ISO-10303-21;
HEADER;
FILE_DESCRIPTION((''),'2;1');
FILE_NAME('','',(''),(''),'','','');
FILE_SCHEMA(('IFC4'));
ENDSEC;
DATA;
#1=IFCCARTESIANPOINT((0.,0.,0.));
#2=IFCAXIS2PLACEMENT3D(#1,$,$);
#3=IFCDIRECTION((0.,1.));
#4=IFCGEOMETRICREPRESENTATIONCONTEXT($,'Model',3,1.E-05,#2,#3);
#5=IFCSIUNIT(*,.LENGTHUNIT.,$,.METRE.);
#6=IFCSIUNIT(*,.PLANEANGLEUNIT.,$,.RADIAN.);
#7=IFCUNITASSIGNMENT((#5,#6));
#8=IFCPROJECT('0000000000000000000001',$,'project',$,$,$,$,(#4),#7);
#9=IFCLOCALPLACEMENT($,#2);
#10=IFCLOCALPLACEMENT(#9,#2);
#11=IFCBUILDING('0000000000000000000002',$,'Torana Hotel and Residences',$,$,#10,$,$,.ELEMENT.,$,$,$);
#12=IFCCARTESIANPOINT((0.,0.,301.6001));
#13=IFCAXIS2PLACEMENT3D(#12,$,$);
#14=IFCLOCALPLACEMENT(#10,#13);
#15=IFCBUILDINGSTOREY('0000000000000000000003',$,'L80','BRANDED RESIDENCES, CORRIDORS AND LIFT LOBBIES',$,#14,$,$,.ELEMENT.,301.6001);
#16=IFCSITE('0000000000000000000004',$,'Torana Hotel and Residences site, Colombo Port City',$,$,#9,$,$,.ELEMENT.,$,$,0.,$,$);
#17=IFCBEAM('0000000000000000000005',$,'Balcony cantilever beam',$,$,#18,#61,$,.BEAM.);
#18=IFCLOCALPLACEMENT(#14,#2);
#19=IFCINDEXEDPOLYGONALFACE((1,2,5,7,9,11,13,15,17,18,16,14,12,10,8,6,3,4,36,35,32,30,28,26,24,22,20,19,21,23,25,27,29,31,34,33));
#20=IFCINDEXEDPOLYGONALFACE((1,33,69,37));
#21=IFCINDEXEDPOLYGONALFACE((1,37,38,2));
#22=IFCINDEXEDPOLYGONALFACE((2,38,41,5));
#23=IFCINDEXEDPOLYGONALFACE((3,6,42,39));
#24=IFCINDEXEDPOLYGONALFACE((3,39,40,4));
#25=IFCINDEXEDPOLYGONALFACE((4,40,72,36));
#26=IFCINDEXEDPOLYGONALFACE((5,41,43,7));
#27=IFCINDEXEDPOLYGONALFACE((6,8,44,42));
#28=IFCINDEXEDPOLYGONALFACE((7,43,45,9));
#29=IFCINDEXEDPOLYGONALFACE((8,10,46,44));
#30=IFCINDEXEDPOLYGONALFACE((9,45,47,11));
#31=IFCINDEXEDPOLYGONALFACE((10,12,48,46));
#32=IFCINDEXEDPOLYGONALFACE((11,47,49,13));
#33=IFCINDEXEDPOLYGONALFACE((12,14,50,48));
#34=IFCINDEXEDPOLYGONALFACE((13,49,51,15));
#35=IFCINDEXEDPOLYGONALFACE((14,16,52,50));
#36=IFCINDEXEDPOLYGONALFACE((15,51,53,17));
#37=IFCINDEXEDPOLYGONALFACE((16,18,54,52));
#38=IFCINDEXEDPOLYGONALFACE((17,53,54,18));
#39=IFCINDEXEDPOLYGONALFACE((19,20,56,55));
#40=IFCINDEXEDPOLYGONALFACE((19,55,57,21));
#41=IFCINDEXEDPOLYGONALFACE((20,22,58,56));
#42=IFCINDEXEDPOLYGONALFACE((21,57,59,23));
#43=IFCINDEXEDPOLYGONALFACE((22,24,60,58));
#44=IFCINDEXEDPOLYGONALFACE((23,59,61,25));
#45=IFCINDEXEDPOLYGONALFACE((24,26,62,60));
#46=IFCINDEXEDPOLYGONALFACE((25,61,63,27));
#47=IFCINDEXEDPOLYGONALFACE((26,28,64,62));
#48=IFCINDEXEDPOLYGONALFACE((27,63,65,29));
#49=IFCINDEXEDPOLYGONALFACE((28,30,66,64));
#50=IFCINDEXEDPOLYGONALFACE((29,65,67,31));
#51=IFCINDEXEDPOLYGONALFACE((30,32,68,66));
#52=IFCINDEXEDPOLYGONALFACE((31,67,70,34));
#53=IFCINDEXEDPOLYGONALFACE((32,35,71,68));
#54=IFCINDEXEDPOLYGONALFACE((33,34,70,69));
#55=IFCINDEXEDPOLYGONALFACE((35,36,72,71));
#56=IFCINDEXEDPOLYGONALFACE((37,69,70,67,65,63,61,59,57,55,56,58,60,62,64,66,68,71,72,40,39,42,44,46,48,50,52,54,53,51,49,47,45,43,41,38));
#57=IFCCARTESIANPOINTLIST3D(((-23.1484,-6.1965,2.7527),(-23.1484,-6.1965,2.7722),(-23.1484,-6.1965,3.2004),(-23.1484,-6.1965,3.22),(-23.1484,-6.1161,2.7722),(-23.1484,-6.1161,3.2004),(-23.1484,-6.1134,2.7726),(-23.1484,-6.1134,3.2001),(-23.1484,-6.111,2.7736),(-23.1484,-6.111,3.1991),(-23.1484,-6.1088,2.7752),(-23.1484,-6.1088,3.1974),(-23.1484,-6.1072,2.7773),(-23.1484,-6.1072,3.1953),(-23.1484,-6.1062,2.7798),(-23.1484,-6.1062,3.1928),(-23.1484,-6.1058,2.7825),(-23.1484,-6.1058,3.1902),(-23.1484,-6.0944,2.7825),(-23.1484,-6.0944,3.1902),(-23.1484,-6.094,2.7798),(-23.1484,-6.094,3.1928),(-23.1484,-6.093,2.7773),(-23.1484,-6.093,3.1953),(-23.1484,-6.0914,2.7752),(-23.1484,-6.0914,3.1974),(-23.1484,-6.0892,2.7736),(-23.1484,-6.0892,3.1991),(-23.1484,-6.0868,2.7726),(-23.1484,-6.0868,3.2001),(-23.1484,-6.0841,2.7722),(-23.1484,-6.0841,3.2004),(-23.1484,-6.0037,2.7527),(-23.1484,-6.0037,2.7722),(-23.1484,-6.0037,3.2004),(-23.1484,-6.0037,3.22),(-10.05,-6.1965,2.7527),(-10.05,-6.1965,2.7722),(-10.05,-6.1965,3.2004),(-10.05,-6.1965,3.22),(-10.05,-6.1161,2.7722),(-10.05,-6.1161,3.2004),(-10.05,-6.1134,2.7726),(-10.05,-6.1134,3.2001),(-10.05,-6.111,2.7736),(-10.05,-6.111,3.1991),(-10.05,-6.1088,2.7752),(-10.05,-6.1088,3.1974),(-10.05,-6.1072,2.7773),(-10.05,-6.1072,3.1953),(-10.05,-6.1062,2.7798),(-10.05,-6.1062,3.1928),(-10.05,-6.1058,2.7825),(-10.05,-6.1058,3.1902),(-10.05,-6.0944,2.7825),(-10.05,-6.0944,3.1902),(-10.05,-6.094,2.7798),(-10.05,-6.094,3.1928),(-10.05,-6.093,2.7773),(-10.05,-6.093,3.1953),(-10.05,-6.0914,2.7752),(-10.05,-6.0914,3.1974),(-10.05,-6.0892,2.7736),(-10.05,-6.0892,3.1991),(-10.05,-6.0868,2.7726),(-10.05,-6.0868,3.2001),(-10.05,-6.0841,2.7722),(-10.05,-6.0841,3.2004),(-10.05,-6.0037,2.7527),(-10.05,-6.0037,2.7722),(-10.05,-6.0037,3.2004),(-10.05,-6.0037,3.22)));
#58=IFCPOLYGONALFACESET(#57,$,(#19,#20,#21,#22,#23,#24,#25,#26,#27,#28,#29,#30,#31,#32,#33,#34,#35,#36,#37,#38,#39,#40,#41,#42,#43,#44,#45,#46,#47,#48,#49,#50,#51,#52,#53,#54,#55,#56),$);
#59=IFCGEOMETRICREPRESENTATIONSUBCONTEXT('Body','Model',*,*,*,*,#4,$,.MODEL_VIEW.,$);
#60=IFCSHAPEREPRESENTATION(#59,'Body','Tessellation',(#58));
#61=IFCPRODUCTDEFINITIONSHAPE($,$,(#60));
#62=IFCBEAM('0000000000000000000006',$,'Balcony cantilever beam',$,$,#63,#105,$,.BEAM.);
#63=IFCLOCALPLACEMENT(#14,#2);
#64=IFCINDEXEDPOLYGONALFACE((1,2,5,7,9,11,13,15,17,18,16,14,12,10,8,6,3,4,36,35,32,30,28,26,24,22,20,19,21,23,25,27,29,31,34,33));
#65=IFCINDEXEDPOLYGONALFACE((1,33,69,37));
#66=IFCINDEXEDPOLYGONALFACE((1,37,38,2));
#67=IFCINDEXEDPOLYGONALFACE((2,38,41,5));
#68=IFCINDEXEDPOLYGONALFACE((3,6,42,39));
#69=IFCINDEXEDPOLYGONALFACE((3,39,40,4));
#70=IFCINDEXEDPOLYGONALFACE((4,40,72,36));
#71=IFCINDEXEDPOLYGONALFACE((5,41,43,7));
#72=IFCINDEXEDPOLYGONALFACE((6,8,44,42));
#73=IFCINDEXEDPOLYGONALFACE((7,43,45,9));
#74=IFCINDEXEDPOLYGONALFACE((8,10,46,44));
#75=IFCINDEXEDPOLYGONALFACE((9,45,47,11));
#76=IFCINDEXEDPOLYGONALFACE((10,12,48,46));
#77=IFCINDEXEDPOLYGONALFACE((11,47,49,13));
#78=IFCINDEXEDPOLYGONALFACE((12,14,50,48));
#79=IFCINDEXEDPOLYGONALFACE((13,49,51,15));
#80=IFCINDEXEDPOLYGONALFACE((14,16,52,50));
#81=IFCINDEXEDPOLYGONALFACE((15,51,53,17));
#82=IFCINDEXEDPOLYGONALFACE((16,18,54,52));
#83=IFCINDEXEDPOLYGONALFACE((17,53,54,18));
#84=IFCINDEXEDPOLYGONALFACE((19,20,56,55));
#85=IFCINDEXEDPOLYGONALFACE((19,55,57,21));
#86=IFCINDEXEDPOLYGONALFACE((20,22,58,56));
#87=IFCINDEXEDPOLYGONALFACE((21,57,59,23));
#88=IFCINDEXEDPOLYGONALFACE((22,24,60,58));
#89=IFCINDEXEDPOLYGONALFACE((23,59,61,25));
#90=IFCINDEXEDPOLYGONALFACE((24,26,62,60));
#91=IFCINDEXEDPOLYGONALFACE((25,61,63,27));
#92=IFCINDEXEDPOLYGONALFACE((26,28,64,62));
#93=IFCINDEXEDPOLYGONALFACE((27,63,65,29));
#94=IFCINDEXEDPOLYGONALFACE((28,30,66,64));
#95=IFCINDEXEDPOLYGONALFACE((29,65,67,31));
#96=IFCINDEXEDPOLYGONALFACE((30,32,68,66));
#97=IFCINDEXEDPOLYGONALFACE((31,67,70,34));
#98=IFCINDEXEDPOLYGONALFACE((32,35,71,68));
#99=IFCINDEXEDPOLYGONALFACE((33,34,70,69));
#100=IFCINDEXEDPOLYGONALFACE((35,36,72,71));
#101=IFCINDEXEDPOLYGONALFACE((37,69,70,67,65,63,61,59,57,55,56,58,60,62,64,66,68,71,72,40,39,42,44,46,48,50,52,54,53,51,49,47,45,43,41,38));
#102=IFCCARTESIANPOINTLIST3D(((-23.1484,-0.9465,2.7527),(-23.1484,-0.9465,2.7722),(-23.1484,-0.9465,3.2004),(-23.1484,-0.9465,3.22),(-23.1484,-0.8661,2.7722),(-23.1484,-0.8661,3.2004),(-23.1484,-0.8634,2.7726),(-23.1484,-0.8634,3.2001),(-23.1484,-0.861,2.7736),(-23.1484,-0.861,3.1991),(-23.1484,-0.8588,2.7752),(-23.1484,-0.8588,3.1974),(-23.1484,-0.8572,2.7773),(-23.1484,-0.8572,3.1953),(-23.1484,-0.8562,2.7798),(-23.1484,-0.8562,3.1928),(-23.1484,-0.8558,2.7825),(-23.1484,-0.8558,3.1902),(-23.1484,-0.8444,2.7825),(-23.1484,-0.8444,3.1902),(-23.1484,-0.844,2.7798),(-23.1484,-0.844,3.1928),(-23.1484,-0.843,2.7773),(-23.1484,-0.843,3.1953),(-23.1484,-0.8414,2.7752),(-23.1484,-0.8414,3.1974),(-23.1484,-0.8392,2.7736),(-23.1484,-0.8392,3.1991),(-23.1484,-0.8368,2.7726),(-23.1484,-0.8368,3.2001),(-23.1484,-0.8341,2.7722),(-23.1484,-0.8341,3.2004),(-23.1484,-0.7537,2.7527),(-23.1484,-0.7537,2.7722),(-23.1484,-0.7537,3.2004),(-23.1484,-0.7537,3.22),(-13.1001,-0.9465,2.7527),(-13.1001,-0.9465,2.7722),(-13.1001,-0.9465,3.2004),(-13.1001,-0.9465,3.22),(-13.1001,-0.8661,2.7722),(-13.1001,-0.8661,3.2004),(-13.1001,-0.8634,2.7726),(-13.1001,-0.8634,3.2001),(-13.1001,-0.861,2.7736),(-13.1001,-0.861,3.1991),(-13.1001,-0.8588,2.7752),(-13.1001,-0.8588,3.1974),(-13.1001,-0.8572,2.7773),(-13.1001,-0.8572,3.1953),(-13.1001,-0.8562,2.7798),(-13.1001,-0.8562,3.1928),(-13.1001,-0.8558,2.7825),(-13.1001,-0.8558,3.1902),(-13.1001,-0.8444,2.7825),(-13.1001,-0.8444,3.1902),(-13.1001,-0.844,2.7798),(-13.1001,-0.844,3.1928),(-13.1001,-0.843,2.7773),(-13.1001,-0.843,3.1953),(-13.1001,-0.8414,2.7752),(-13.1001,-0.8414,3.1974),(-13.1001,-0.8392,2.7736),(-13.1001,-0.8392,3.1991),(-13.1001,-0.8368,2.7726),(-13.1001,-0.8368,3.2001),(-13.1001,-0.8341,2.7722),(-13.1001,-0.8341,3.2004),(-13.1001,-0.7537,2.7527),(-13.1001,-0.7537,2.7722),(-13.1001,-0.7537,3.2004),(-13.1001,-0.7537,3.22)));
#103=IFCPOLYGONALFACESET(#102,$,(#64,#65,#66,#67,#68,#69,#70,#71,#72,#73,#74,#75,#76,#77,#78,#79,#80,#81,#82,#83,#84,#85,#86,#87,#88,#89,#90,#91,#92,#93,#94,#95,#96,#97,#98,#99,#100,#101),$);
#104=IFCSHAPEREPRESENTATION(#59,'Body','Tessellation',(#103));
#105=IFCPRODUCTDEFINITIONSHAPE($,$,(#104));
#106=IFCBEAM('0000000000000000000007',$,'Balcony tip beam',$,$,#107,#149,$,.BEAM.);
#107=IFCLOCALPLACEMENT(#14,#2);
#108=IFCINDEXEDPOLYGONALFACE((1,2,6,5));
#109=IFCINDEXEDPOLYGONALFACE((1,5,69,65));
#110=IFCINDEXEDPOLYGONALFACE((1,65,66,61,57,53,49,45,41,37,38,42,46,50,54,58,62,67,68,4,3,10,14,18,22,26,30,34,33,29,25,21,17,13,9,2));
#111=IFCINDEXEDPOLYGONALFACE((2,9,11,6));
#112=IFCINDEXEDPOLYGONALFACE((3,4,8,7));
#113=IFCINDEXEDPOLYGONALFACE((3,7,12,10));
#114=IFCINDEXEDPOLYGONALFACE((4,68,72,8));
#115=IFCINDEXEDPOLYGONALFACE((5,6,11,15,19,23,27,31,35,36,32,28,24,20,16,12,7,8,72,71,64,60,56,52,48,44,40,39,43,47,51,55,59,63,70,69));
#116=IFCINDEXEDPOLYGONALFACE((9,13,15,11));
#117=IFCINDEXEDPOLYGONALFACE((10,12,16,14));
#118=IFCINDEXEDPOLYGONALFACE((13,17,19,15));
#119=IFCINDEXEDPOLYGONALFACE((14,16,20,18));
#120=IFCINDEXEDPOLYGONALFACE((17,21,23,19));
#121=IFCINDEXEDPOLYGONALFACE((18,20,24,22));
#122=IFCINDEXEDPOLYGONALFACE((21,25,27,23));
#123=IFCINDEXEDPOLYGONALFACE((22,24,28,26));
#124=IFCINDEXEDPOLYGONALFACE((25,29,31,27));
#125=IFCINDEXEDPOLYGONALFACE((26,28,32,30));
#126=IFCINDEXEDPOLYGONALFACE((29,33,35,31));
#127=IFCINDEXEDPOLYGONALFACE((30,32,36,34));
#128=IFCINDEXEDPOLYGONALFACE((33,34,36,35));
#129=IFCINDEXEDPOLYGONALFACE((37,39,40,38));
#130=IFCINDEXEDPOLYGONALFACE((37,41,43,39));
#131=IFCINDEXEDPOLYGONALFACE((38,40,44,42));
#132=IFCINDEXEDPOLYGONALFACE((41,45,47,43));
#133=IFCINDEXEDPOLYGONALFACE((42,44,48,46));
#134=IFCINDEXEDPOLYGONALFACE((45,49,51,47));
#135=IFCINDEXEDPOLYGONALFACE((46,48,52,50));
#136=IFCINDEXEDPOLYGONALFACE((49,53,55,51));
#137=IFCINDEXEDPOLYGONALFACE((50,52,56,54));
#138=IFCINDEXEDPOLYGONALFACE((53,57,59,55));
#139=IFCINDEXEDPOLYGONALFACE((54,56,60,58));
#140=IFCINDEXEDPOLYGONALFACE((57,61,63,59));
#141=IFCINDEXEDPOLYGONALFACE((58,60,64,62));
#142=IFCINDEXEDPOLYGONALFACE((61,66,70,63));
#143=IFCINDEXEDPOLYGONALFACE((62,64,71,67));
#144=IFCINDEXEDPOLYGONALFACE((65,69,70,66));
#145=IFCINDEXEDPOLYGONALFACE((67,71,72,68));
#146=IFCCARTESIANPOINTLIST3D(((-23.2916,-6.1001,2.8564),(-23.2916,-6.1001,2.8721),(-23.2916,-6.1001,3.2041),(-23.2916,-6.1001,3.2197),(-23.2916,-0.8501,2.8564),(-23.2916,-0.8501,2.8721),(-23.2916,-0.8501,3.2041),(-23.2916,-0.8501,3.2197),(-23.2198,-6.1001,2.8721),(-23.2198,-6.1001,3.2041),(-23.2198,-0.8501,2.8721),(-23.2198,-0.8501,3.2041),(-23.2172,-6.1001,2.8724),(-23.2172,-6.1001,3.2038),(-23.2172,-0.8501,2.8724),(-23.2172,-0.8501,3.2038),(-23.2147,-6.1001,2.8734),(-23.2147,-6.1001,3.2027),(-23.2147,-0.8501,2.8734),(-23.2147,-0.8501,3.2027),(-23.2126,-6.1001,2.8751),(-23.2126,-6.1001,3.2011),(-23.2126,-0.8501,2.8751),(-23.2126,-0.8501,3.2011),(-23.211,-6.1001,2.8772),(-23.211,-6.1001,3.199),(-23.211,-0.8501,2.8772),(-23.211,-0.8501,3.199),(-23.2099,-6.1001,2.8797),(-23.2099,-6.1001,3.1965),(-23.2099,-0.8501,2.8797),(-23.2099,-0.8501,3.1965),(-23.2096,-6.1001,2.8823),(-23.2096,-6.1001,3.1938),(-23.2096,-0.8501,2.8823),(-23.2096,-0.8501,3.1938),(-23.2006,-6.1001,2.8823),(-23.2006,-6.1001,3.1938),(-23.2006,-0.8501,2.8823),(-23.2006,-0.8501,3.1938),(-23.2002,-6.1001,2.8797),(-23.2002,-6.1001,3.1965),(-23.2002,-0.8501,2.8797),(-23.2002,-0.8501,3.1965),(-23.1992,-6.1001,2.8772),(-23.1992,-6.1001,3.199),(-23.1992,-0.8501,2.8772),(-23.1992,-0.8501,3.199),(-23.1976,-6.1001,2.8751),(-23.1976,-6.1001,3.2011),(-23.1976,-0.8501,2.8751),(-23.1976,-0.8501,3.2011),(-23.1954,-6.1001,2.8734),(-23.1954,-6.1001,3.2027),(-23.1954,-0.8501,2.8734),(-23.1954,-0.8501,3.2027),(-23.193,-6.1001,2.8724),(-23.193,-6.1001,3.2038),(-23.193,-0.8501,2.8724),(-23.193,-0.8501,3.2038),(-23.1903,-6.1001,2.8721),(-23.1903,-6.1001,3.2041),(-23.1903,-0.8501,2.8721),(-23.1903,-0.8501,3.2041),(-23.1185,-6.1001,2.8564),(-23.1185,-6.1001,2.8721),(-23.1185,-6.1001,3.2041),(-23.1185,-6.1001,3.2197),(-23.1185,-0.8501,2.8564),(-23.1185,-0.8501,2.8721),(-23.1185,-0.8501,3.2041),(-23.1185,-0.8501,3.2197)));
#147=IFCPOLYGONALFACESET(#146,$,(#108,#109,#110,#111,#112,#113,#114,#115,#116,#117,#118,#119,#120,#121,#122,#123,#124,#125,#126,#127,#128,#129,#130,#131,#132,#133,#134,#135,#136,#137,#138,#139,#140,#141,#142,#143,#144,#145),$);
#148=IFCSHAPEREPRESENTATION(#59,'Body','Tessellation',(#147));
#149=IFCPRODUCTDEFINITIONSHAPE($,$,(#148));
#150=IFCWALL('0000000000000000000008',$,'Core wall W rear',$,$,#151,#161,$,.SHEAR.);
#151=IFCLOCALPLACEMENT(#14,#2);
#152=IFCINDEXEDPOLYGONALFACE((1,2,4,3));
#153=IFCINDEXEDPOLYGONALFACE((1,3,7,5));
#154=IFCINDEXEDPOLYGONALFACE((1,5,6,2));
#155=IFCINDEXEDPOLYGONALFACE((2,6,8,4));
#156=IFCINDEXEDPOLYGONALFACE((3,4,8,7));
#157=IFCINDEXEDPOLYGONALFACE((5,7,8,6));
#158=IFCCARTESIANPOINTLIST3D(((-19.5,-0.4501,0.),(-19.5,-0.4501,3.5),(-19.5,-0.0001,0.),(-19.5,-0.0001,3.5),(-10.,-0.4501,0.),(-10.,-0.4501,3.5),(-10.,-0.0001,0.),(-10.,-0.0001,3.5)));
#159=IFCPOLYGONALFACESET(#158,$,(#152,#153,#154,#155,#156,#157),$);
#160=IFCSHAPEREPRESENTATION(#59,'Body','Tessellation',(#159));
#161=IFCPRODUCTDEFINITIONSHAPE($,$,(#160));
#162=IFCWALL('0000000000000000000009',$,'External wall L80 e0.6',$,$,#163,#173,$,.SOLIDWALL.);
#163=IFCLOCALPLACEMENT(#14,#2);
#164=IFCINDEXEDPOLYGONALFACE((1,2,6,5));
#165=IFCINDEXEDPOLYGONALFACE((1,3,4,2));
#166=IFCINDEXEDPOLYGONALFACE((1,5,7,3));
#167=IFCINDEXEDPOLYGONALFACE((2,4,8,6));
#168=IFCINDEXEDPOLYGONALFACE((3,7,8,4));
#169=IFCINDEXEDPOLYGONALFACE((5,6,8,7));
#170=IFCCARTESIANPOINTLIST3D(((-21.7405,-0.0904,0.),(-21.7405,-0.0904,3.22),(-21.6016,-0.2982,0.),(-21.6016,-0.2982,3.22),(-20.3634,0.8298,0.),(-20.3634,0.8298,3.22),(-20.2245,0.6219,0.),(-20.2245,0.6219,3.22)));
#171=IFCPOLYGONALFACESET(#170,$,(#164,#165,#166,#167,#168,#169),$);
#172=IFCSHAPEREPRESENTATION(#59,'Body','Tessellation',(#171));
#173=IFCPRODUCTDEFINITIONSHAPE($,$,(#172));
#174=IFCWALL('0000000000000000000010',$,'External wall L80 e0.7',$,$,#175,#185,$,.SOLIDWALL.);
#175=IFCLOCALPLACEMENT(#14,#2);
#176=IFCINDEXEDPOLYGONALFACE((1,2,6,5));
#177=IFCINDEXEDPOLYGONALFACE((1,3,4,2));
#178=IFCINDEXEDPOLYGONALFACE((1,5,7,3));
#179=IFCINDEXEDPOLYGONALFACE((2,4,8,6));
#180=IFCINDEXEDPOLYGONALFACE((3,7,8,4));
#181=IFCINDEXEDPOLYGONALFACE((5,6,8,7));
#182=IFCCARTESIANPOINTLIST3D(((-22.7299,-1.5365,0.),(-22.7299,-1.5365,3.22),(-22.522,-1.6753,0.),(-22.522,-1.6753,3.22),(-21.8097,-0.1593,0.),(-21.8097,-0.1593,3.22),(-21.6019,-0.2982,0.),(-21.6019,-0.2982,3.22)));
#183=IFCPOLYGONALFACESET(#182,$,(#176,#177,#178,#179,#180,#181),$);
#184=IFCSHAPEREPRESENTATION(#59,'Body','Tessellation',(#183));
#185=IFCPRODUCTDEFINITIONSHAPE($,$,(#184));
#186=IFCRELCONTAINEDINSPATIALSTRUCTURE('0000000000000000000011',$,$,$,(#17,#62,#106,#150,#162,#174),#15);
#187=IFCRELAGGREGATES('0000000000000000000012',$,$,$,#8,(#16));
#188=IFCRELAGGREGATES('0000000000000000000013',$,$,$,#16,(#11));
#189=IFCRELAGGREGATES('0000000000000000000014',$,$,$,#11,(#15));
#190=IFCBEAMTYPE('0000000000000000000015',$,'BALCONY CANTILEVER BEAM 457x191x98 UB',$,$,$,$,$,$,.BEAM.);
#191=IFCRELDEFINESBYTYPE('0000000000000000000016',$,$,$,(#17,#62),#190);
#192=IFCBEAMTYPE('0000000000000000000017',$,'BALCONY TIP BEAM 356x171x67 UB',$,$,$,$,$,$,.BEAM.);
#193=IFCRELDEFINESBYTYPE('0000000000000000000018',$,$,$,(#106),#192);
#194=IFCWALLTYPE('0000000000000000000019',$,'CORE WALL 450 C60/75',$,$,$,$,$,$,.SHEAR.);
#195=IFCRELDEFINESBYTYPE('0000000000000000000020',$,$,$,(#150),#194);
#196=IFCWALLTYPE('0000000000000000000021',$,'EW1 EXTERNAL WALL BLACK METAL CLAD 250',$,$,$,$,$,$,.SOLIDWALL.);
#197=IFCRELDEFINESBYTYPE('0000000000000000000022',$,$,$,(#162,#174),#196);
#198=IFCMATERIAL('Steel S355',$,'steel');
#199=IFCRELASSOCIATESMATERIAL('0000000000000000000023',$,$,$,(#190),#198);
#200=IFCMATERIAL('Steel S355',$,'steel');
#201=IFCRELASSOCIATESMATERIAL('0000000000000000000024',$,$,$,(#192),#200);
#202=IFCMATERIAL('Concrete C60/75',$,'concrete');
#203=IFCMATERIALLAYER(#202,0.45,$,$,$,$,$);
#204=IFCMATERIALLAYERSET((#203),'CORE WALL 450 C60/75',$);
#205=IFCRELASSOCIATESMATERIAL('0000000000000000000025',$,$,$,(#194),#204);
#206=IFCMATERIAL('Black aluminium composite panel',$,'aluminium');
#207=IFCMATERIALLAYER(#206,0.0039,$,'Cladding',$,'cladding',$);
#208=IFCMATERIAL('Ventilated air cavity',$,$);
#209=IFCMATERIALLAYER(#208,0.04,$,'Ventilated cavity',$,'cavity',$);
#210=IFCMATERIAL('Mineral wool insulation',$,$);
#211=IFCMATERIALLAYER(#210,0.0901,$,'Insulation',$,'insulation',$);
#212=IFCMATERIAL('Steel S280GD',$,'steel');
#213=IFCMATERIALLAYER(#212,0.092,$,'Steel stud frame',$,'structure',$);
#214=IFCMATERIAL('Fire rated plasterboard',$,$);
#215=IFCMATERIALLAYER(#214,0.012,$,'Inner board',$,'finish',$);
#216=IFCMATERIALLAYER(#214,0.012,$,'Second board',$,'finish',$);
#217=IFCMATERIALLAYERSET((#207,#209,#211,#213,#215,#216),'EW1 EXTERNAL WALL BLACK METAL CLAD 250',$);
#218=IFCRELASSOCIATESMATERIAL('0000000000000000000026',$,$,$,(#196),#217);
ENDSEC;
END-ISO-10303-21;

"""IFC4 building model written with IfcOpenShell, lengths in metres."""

from ifc_helpers import new_model, si_unit, direction, frame, frame_2d, origin, origin_2d, place, context, subcontext, project, spatial, rectangle, i_section, extrude, material, layer, layer_set, material_profile, profile_set, type_object, element, save


model = new_model("IFC4")

# Units and contexts
model_context = context("Model", 3, precision=1e-05, world=origin(), true_north=direction((0.0, 1.0)))
body_context = subcontext(model_context, "Body", "Model", "MODEL_VIEW")
ifc_project = project(units=[si_unit("LENGTHUNIT", "METRE"), si_unit("PLANEANGLEUNIT", "RADIAN")], contexts=[model_context])

# Site, building, storey
site_placement = place(None, origin())
site = spatial("IfcSite", under=ifc_project, at=site_placement, Name="Torana Hotel and Residences site, Colombo Port City", CompositionType="ELEMENT", RefElevation=0.0)
building_placement = place(site_placement, origin())
building = spatial("IfcBuilding", under=site, at=building_placement, Name="Torana Hotel and Residences", CompositionType="ELEMENT")
storey_placement = place(building_placement, frame((0.0, 0.0, 301.6001)))
storey = spatial("IfcBuildingStorey", under=building, at=storey_placement, Name="L80", Description="BRANDED RESIDENCES, CORRIDORS AND LIFT LOBBIES", CompositionType="ELEMENT", Elevation=301.6001)

# Beams
ifc_material_1 = material(Name="Steel S355", Category="steel")
ifc_material_profile_1 = material_profile(ifc_material_1, i_section(OverallWidth=0.1929, OverallDepth=0.4673, WebThickness=0.0115, FlangeThickness=0.0195, FilletRadius=0.0103, at=origin_2d()), Name="457x191x98 UB")
ifc_profile_set_1 = profile_set([ifc_material_profile_1], Name="Steel S355")
beam_type_1 = type_object("IfcBeamType", Name="BALCONY CANTILEVER BEAM 457x191x98 UB", PredefinedType="BEAM", material=ifc_profile_set_1)
beam_1_placement = place(storey_placement, frame((-23.1484, -6.1001, 2.9863), z_axis=(1.0, 0.0, 0.0), x_axis=(0.0, 1.0, 0.0)))
element("IfcBeam", 1, at=beam_1_placement, inside=storey, type_object=beam_type_1, Name="Balcony cantilever beam", PredefinedType="BEAM", context=body_context, shape_type="SweptSolid", body=[
    extrude(i_section(OverallWidth=0.1929, OverallDepth=0.4673, WebThickness=0.0115, FlangeThickness=0.0195, FilletRadius=0.0103, at=origin_2d()), origin(), (0.0, 0.0, 1.0), 13.0984),
])
beam_2_placement = place(storey_placement, frame((-23.1484, -0.8501, 2.9863), z_axis=(1.0, 0.0, 0.0), x_axis=(0.0, 1.0, 0.0)))
element("IfcBeam", 2, at=beam_2_placement, inside=storey, type_object=beam_type_1, Name="Balcony cantilever beam", PredefinedType="BEAM", context=body_context, shape_type="SweptSolid", body=[
    extrude(i_section(OverallWidth=0.1929, OverallDepth=0.4673, WebThickness=0.0115, FlangeThickness=0.0195, FilletRadius=0.0103, at=origin_2d()), origin(), (0.0, 0.0, 1.0), 10.0483),
])
ifc_material_2 = material(Name="Steel S355", Category="steel")
ifc_material_profile_2 = material_profile(ifc_material_2, i_section(OverallWidth=0.1731, OverallDepth=0.3633, WebThickness=0.009, FlangeThickness=0.0156, FilletRadius=0.0103, at=origin_2d()), Name="356x171x67 UB")
ifc_profile_set_2 = profile_set([ifc_material_profile_2], Name="Steel S355")
beam_type_2 = type_object("IfcBeamType", Name="BALCONY TIP BEAM 356x171x67 UB", PredefinedType="BEAM", material=ifc_profile_set_2)
beam_3_placement = place(storey_placement, frame((-23.2051, -6.1001, 3.0381), z_axis=(0.0, 1.0, 0.0), x_axis=(-1.0, 0.0, 0.0)))
element("IfcBeam", 3, at=beam_3_placement, inside=storey, type_object=beam_type_2, Name="Balcony tip beam", PredefinedType="BEAM", context=body_context, shape_type="SweptSolid", body=[
    extrude(i_section(OverallWidth=0.1731, OverallDepth=0.3633, WebThickness=0.009, FlangeThickness=0.0156, FilletRadius=0.0103, at=origin_2d()), origin(), (0.0, 0.0, 1.0), 5.25),
])

# Walls
ifc_material_3 = material(Name="Concrete C60/75", Category="concrete")
ifc_layer_1 = layer(ifc_material_3, 0.45)
ifc_layer_set_1 = layer_set([ifc_layer_1], Name="CORE WALL 450 C60/75")
wall_type_1 = type_object("IfcWallType", Name="CORE WALL 450 C60/75", PredefinedType="SHEAR", material=ifc_layer_set_1)
wall_1_placement = place(storey_placement, frame((-19.5, -0.2251, 0.0), z_axis=(0.0, 0.0, 1.0), x_axis=(1.0, 0.0, 0.0)))
element("IfcWall", 4, at=wall_1_placement, inside=storey, type_object=wall_type_1, Name="Core wall W rear", PredefinedType="SHEAR", context=body_context, shape_type="SweptSolid", body=[
    extrude(rectangle(XDim=9.5, YDim=0.45, at=frame_2d((4.75, 0.0))), origin(), (0.0, 0.0, 1.0), 3.5),
])
ifc_material_4 = material(Name="Black aluminium composite panel", Category="aluminium")
ifc_layer_2 = layer(ifc_material_4, 0.0039, Name="Cladding", Category="cladding")
ifc_material_5 = material(Name="Ventilated air cavity")
ifc_layer_3 = layer(ifc_material_5, 0.04, Name="Ventilated cavity", Category="cavity")
ifc_material_6 = material(Name="Mineral wool insulation")
ifc_layer_4 = layer(ifc_material_6, 0.0901, Name="Insulation", Category="insulation")
ifc_material_7 = material(Name="Steel S280GD", Category="steel")
ifc_layer_5 = layer(ifc_material_7, 0.092, Name="Steel stud frame", Category="structure")
ifc_material_8 = material(Name="Fire rated plasterboard")
ifc_layer_6 = layer(ifc_material_8, 0.012, Name="Inner board", Category="finish")
ifc_layer_7 = layer(ifc_material_8, 0.012, Name="Second board", Category="finish")
ifc_layer_set_2 = layer_set([ifc_layer_2, ifc_layer_3, ifc_layer_4, ifc_layer_5, ifc_layer_6, ifc_layer_7], Name="EW1 EXTERNAL WALL BLACK METAL CLAD 250")
wall_type_2 = type_object("IfcWallType", Name="EW1 EXTERNAL WALL BLACK METAL CLAD 250", PredefinedType="SOLIDWALL", material=ifc_layer_set_2)
for number, where, z_axis, x_axis, name in (
    (5, (-20.2939, 0.7258, 0.0), (0.0, 0.0, 1.0), (-0.831483, -0.55555, 0.0), "External wall L80 e0.6"),
    (6, (-21.7058, -0.2288, 0.0), (0.0, 0.0, 1.0), (-0.55555, -0.831483, 0.0), "External wall L80 e0.7"),
):
    element("IfcWall", number, at=place(storey_placement, frame(where, z_axis=z_axis, x_axis=x_axis)), inside=storey, type_object=wall_type_2, Name=name, PredefinedType="SOLIDWALL", context=body_context, shape_type="SweptSolid", body=[
        extrude(rectangle(XDim=1.6562, YDim=0.25, at=frame_2d((0.8281, 0.0))), origin(), (0.0, 0.0, 1.0), 3.22),
    ])

save(model, "model.ifc")
